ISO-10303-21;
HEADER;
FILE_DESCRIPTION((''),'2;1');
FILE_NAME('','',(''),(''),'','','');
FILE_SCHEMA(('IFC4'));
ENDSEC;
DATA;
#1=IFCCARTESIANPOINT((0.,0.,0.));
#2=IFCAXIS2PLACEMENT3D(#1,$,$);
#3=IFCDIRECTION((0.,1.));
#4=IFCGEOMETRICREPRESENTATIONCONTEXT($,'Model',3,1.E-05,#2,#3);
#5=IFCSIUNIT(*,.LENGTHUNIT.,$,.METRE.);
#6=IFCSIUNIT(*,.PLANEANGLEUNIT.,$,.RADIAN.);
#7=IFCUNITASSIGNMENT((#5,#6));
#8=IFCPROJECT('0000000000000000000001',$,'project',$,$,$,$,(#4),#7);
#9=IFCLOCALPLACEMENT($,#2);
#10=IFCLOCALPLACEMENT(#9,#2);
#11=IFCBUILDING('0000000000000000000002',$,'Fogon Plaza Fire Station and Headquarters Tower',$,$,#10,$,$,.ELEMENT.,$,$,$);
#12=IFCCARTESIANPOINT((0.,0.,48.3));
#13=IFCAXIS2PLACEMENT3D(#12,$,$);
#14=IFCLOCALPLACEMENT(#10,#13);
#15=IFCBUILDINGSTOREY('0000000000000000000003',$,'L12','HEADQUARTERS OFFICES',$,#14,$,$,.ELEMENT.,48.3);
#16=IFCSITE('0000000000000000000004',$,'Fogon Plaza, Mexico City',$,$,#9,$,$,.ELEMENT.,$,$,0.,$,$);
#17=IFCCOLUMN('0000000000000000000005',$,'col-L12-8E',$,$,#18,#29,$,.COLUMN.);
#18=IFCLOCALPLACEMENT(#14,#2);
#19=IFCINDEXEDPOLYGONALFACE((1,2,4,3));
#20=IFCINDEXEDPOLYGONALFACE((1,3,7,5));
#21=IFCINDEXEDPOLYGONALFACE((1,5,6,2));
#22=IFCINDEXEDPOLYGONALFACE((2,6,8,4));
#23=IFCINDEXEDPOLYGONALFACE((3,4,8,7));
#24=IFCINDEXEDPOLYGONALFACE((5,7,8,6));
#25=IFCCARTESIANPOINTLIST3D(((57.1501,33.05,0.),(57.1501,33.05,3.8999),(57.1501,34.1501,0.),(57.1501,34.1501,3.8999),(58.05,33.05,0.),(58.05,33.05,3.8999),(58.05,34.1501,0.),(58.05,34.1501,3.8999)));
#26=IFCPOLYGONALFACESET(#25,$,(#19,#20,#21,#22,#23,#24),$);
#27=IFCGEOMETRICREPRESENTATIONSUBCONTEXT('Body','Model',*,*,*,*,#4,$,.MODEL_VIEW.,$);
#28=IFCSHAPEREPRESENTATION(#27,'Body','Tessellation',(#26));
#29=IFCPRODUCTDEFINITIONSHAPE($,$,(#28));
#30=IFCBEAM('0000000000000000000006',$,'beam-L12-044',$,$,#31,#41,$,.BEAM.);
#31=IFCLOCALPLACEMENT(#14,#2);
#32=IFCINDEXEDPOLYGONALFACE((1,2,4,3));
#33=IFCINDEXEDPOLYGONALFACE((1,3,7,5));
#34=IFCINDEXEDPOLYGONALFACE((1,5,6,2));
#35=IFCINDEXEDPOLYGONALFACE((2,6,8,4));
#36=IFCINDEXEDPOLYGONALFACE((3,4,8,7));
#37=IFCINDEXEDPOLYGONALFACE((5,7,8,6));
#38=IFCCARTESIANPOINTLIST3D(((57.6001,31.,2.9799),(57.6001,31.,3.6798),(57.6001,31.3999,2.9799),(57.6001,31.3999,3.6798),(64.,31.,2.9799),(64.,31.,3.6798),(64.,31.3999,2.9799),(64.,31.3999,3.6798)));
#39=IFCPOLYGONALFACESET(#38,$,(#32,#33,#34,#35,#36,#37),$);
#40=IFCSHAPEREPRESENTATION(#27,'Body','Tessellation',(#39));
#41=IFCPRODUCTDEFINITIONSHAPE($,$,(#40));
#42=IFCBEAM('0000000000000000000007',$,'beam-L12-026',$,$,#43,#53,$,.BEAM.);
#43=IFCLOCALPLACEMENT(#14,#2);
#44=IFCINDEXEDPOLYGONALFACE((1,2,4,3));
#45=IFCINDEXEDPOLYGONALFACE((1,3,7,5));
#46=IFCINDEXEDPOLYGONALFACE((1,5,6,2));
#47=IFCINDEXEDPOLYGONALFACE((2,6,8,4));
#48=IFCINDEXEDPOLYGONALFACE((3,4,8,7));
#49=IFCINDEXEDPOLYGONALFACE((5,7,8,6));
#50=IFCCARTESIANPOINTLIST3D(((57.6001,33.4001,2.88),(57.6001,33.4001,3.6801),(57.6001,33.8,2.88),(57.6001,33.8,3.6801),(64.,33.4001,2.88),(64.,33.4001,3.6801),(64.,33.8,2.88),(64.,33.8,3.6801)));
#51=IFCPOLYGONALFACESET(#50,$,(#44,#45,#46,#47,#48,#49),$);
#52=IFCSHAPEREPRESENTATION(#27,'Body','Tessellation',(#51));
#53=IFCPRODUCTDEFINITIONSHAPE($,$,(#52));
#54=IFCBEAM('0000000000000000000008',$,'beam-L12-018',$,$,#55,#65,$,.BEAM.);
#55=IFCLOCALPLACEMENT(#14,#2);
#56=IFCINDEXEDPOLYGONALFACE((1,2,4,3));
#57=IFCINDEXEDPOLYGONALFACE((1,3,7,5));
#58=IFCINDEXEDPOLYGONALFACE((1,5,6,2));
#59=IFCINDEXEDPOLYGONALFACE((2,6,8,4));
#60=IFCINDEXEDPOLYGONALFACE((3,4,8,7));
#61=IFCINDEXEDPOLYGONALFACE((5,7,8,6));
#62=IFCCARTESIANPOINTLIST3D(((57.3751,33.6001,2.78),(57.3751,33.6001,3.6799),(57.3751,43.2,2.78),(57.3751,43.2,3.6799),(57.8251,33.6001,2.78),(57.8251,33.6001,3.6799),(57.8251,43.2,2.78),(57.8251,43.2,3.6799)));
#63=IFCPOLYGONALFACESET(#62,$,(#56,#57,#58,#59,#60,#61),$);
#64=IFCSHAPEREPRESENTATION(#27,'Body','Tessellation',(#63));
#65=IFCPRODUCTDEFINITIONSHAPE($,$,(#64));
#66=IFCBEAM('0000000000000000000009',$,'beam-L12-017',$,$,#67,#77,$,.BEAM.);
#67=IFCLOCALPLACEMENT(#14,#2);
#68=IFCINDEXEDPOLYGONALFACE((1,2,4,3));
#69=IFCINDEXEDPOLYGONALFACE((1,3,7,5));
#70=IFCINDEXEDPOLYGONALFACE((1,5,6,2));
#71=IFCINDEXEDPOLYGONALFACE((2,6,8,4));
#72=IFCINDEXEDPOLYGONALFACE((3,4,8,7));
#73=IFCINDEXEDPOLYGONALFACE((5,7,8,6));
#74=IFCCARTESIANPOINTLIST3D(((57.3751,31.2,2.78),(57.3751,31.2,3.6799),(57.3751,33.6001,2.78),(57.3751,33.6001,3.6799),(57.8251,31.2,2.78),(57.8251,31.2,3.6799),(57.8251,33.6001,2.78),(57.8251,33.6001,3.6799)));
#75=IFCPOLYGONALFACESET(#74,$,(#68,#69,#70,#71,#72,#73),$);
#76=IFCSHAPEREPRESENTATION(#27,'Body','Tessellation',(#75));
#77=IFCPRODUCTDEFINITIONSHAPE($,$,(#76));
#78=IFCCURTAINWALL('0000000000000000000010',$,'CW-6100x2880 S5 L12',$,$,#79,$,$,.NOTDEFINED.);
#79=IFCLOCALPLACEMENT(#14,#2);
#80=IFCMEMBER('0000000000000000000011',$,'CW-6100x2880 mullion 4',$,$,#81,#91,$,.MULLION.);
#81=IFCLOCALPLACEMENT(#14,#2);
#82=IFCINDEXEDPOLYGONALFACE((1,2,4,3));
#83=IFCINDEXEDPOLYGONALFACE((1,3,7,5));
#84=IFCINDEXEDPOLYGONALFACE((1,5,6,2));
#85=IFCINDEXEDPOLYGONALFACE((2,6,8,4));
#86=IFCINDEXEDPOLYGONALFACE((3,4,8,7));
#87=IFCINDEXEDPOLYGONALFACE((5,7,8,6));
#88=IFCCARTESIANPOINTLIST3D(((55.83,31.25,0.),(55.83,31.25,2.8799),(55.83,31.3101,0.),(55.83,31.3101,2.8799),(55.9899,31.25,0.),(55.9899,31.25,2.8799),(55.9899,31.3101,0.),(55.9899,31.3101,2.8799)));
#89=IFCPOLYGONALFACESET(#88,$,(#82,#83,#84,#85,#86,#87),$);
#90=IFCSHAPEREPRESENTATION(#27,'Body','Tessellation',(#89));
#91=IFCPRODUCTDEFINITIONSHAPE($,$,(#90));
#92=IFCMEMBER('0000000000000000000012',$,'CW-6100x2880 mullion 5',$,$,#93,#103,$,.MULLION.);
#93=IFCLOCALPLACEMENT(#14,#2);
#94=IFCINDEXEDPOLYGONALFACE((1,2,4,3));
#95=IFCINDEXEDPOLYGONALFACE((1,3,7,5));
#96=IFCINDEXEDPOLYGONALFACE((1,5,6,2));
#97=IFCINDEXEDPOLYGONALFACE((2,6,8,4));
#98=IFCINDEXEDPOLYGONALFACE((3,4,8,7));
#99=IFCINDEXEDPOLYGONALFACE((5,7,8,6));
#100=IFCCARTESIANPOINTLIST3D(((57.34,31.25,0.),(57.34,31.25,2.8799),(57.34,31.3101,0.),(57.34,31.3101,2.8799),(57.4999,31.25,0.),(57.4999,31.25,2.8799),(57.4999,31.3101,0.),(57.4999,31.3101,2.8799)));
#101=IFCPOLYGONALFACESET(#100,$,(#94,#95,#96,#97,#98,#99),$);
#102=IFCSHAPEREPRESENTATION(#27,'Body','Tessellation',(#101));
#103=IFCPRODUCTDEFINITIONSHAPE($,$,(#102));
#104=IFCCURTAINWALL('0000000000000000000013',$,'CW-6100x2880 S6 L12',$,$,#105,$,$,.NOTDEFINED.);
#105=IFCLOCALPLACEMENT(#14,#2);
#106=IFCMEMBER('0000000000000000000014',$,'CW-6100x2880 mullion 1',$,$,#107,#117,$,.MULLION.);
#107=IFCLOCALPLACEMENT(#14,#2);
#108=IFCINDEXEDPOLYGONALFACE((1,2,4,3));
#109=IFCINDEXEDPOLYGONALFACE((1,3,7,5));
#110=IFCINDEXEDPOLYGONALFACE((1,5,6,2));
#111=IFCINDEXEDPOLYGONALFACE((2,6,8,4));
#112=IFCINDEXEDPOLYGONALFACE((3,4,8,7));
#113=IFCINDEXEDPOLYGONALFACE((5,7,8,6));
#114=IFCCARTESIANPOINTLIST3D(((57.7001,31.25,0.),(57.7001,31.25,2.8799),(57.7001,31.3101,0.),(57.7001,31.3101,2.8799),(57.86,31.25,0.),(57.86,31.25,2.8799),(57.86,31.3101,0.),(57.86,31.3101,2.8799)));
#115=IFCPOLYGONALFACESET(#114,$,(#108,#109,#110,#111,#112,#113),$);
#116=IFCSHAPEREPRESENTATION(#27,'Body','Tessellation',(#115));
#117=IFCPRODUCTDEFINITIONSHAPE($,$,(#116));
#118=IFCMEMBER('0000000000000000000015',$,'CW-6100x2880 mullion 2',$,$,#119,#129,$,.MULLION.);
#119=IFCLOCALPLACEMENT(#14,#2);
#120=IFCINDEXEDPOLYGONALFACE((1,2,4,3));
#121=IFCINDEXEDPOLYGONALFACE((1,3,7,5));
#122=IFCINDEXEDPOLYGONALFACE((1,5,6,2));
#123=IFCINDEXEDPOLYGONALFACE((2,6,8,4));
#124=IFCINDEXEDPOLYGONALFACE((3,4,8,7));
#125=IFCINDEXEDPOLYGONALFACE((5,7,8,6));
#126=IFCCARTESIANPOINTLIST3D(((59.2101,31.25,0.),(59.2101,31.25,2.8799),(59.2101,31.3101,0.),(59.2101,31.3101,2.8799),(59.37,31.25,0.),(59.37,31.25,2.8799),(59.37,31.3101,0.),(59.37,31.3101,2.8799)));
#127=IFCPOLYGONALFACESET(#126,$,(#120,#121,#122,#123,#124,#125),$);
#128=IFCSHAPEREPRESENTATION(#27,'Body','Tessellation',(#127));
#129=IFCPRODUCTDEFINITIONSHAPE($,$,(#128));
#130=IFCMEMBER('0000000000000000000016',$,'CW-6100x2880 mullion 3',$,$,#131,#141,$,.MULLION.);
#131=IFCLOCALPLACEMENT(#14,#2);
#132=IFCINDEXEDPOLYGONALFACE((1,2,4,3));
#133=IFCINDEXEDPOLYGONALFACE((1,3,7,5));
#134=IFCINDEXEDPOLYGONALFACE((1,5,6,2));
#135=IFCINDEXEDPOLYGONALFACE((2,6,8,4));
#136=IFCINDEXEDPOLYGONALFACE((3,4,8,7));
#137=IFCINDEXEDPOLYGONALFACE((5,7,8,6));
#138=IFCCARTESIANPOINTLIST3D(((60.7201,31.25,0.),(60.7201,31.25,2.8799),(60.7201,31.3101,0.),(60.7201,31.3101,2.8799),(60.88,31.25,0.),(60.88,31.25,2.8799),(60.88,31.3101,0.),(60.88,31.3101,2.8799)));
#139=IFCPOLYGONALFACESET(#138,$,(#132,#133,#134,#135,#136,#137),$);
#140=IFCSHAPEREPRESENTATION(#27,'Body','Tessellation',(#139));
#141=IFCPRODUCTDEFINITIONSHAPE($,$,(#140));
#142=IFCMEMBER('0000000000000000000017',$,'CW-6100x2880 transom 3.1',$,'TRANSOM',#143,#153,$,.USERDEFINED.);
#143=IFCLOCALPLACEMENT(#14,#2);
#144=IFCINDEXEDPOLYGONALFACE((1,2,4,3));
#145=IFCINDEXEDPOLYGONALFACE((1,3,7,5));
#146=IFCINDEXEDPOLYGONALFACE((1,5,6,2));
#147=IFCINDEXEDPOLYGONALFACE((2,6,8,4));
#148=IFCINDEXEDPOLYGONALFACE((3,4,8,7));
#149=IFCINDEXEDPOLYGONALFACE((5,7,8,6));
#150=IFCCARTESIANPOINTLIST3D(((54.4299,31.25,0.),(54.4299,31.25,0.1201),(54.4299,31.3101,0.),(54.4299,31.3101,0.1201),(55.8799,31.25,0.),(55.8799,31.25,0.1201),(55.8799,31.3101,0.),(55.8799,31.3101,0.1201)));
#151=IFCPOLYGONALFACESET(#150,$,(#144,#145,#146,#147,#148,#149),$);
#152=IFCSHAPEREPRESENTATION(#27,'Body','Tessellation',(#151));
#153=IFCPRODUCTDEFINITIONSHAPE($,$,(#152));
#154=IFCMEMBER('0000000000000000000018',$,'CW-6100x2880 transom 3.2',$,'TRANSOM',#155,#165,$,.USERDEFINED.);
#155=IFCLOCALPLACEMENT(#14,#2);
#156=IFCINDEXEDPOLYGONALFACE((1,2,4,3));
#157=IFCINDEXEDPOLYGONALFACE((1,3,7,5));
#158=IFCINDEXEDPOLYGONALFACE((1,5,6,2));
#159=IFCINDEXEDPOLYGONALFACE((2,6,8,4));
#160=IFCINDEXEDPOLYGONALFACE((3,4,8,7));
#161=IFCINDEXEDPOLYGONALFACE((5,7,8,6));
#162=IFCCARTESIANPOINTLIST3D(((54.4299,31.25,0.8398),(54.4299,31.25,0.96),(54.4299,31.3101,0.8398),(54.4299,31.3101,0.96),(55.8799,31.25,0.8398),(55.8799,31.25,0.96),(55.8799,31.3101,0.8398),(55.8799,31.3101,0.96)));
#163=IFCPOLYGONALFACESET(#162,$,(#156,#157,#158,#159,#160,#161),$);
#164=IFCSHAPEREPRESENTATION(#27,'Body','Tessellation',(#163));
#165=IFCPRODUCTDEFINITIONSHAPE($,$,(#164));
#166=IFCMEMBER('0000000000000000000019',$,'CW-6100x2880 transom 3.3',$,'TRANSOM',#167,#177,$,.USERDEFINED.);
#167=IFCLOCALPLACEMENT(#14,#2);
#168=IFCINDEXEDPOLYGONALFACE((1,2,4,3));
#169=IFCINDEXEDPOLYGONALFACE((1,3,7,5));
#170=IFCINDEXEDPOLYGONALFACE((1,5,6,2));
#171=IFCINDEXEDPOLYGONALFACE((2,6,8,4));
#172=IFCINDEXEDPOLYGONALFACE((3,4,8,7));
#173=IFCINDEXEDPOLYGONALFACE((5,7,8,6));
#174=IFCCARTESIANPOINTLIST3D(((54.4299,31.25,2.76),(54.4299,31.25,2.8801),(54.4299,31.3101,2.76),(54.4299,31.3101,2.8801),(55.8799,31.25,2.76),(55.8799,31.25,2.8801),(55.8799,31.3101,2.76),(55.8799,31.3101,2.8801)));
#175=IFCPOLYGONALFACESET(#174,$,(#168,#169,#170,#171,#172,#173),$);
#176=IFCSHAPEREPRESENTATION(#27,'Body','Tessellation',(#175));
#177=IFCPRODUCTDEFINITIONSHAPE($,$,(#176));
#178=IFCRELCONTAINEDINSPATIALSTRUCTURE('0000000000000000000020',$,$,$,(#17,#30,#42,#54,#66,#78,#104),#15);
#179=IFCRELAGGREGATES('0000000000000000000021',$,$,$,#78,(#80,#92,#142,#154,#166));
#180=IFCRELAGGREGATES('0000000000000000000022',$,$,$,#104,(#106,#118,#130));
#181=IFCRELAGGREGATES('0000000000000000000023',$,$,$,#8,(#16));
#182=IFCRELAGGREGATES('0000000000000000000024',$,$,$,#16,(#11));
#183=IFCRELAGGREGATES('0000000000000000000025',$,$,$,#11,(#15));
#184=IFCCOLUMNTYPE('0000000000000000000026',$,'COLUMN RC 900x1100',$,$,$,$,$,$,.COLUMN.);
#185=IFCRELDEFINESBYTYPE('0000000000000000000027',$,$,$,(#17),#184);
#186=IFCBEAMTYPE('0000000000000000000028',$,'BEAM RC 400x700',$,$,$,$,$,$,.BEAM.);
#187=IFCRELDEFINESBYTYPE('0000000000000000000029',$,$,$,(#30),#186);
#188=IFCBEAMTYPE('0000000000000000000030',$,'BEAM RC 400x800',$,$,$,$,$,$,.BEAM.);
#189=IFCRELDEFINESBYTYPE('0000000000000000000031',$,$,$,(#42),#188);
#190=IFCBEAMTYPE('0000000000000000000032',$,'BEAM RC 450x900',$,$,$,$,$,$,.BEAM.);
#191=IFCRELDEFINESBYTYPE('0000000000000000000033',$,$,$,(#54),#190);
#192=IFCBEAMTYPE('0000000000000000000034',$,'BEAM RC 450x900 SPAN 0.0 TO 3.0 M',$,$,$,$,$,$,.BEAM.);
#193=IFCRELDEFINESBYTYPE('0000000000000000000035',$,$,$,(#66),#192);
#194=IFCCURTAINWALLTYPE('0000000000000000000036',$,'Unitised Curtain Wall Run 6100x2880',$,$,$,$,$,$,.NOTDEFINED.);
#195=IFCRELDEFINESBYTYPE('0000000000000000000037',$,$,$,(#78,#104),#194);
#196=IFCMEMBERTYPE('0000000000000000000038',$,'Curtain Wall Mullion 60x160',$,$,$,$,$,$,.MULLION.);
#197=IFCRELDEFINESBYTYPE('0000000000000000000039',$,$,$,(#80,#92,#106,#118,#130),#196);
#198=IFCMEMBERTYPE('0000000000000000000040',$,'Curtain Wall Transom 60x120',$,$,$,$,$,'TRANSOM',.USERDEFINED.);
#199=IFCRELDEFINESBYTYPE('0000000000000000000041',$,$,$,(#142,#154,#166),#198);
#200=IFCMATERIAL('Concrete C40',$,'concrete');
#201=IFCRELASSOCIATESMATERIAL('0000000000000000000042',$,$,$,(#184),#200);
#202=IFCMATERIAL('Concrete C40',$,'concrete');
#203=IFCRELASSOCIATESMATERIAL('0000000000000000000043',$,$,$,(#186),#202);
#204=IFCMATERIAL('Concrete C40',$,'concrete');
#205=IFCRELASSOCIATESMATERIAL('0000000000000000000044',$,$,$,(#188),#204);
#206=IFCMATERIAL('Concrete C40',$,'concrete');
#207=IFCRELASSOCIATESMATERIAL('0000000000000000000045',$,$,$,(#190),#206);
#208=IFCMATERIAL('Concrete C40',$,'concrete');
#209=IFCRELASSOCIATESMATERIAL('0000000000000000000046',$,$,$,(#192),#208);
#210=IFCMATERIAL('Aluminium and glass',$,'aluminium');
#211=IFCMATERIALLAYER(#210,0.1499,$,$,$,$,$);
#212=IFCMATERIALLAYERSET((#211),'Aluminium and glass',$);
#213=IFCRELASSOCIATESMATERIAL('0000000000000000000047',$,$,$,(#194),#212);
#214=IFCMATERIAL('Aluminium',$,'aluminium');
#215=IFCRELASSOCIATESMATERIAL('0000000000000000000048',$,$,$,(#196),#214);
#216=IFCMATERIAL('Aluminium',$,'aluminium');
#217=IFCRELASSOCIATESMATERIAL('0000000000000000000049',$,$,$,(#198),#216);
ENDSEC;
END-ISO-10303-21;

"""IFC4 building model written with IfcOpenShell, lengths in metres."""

from ifc_helpers import new_model, si_unit, direction, frame, origin, origin_2d, place, context, subcontext, project, spatial, rectangle, extrude, material, layer, layer_set, material_profile, profile_set, type_object, element, aggregate, save


model = new_model("IFC4")

# Units and contexts
model_context = context("Model", 3, precision=1e-05, world=origin(), true_north=direction((0.0, 1.0)))
body_context = subcontext(model_context, "Body", "Model", "MODEL_VIEW")
ifc_project = project(units=[si_unit("LENGTHUNIT", "METRE"), si_unit("PLANEANGLEUNIT", "RADIAN")], contexts=[model_context])

# Site, building, storey
site_placement = place(None, origin())
site = spatial("IfcSite", under=ifc_project, at=site_placement, Name="Fogon Plaza, Mexico City", CompositionType="ELEMENT", RefElevation=0.0)
building_placement = place(site_placement, origin())
building = spatial("IfcBuilding", under=site, at=building_placement, Name="Fogon Plaza Fire Station and Headquarters Tower", CompositionType="ELEMENT")
storey_placement = place(building_placement, frame((0.0, 0.0, 48.3)))
storey = spatial("IfcBuildingStorey", under=building, at=storey_placement, Name="L12", Description="HEADQUARTERS OFFICES", CompositionType="ELEMENT", Elevation=48.3)

# Column
ifc_material_1 = material(Name="Concrete C40", Category="concrete")
ifc_material_profile_1 = material_profile(ifc_material_1, rectangle(XDim=0.8999, YDim=1.1001, at=origin_2d()), Name="RC 900x1100")
ifc_profile_set_1 = profile_set([ifc_material_profile_1], Name="Concrete C40")
column_type = type_object("IfcColumnType", Name="COLUMN RC 900x1100", PredefinedType="COLUMN", material=ifc_profile_set_1)
column_placement = place(storey_placement, frame((57.6001, 33.6001, 0.0), z_axis=(0.0, 0.0, 1.0), x_axis=(1.0, 0.0, 0.0)))
element("IfcColumn", 1, at=column_placement, inside=storey, type_object=column_type, Name="col-L12-8E", PredefinedType="COLUMN", context=body_context, shape_type="SweptSolid", body=[
    extrude(rectangle(XDim=0.8999, YDim=1.1001, at=origin_2d()), origin(), (0.0, 0.0, 1.0), 3.8999),
])

# Beams
ifc_material_2 = material(Name="Concrete C40", Category="concrete")
ifc_material_profile_2 = material_profile(ifc_material_2, rectangle(XDim=0.3999, YDim=0.7, at=origin_2d()), Name="RC 400x700")
ifc_profile_set_2 = profile_set([ifc_material_profile_2], Name="Concrete C40")
beam_type_1 = type_object("IfcBeamType", Name="BEAM RC 400x700", PredefinedType="BEAM", material=ifc_profile_set_2)
beam_1_placement = place(storey_placement, frame((57.6001, 31.2, 3.3298), z_axis=(1.0, 0.0, 0.0), x_axis=(0.0, 1.0, 0.0)))
element("IfcBeam", 2, at=beam_1_placement, inside=storey, type_object=beam_type_1, Name="beam-L12-044", PredefinedType="BEAM", context=body_context, shape_type="SweptSolid", body=[
    extrude(rectangle(XDim=0.3999, YDim=0.7, at=origin_2d()), origin(), (0.0, 0.0, 1.0), 6.3999),
])
ifc_material_3 = material(Name="Concrete C40", Category="concrete")
ifc_material_profile_3 = material_profile(ifc_material_3, rectangle(XDim=0.3999, YDim=0.8, at=origin_2d()), Name="RC 400x800")
ifc_profile_set_3 = profile_set([ifc_material_profile_3], Name="Concrete C40")
beam_type_2 = type_object("IfcBeamType", Name="BEAM RC 400x800", PredefinedType="BEAM", material=ifc_profile_set_3)
beam_2_placement = place(storey_placement, frame((57.6001, 33.6001, 3.28), z_axis=(1.0, 0.0, 0.0), x_axis=(0.0, 1.0, 0.0)))
element("IfcBeam", 3, at=beam_2_placement, inside=storey, type_object=beam_type_2, Name="beam-L12-026", PredefinedType="BEAM", context=body_context, shape_type="SweptSolid", body=[
    extrude(rectangle(XDim=0.3999, YDim=0.8, at=origin_2d()), origin(), (0.0, 0.0, 1.0), 6.3999),
])
ifc_material_4 = material(Name="Concrete C40", Category="concrete")
ifc_material_profile_4 = material_profile(ifc_material_4, rectangle(XDim=0.45, YDim=0.8999, at=origin_2d()), Name="RC 450x900")
ifc_profile_set_4 = profile_set([ifc_material_profile_4], Name="Concrete C40")
beam_type_3 = type_object("IfcBeamType", Name="BEAM RC 450x900", PredefinedType="BEAM", material=ifc_profile_set_4)
beam_3_placement = place(storey_placement, frame((57.6001, 33.6001, 3.23), z_axis=(0.0, 1.0, 0.0), x_axis=(-1.0, 0.0, 0.0)))
element("IfcBeam", 4, at=beam_3_placement, inside=storey, type_object=beam_type_3, Name="beam-L12-018", PredefinedType="BEAM", context=body_context, shape_type="SweptSolid", body=[
    extrude(rectangle(XDim=0.45, YDim=0.8999, at=origin_2d()), origin(), (0.0, 0.0, 1.0), 9.5999),
])
ifc_material_5 = material(Name="Concrete C40", Category="concrete")
ifc_material_profile_5 = material_profile(ifc_material_5, rectangle(XDim=0.45, YDim=0.8999, at=origin_2d()), Name="RC 450x900")
ifc_profile_set_5 = profile_set([ifc_material_profile_5], Name="Concrete C40")
beam_type_4 = type_object("IfcBeamType", Name="BEAM RC 450x900 SPAN 0.0 TO 3.0 M", PredefinedType="BEAM", material=ifc_profile_set_5)
beam_4_placement = place(storey_placement, frame((57.6001, 31.2, 3.23), z_axis=(0.0, 1.0, 0.0), x_axis=(-1.0, 0.0, 0.0)))
element("IfcBeam", 5, at=beam_4_placement, inside=storey, type_object=beam_type_4, Name="beam-L12-017", PredefinedType="BEAM", context=body_context, shape_type="SweptSolid", body=[
    extrude(rectangle(XDim=0.45, YDim=0.8999, at=origin_2d()), origin(), (0.0, 0.0, 1.0), 2.4001),
])

# Curtain walls, members
ifc_material_6 = material(Name="Aluminium and glass", Category="aluminium")
ifc_layer_1 = layer(ifc_material_6, 0.1499)
ifc_layer_set_1 = layer_set([ifc_layer_1], Name="Aluminium and glass")
curtain_wall_type = type_object("IfcCurtainWallType", Name="Unitised Curtain Wall Run 6100x2880", PredefinedType="NOTDEFINED", material=ifc_layer_set_1)
curtain_wall_1_placement = place(storey_placement, origin())
curtain_wall_1 = element("IfcCurtainWall", 6, at=curtain_wall_1_placement, inside=storey, type_object=curtain_wall_type, Name="CW-6100x2880 S5 L12", PredefinedType="NOTDEFINED")
ifc_material_7 = material(Name="Aluminium", Category="aluminium")
ifc_material_profile_6 = material_profile(ifc_material_7, rectangle(XDim=0.0601, YDim=0.1599, at=origin_2d()), Name="Curtain Wall Mullion 60x160")
ifc_profile_set_6 = profile_set([ifc_material_profile_6], Name="Aluminium")
member_type_1 = type_object("IfcMemberType", Name="Curtain Wall Mullion 60x160", PredefinedType="MULLION", material=ifc_profile_set_6)
member_1_placement = place(storey_placement, frame((55.9099, 31.28, 0.0), z_axis=(0.0, 0.0, 1.0), x_axis=(0.0, 1.0, 0.0)))
member_1 = element("IfcMember", 7, at=member_1_placement, type_object=member_type_1, Name="CW-6100x2880 mullion 4", PredefinedType="MULLION", context=body_context, shape_type="SweptSolid", body=[
    extrude(rectangle(XDim=0.0601, YDim=0.1599, at=origin_2d()), origin(), (0.0, 0.0, 1.0), 2.8799),
])
member_2_placement = place(storey_placement, frame((57.4199, 31.28, 0.0), z_axis=(0.0, 0.0, 1.0), x_axis=(0.0, 1.0, 0.0)))
member_2 = element("IfcMember", 8, at=member_2_placement, type_object=member_type_1, Name="CW-6100x2880 mullion 5", PredefinedType="MULLION", context=body_context, shape_type="SweptSolid", body=[
    extrude(rectangle(XDim=0.0601, YDim=0.1599, at=origin_2d()), origin(), (0.0, 0.0, 1.0), 2.8799),
])
curtain_wall_2_placement = place(storey_placement, origin())
curtain_wall_2 = element("IfcCurtainWall", 9, at=curtain_wall_2_placement, inside=storey, type_object=curtain_wall_type, Name="CW-6100x2880 S6 L12", PredefinedType="NOTDEFINED")
member_3_placement = place(storey_placement, frame((57.78, 31.28, 0.0), z_axis=(0.0, 0.0, 1.0), x_axis=(0.0, 1.0, 0.0)))
member_3 = element("IfcMember", 10, at=member_3_placement, type_object=member_type_1, Name="CW-6100x2880 mullion 1", PredefinedType="MULLION", context=body_context, shape_type="SweptSolid", body=[
    extrude(rectangle(XDim=0.0601, YDim=0.1599, at=origin_2d()), origin(), (0.0, 0.0, 1.0), 2.8799),
])
member_4_placement = place(storey_placement, frame((59.29, 31.28, 0.0), z_axis=(0.0, 0.0, 1.0), x_axis=(0.0, 1.0, 0.0)))
member_4 = element("IfcMember", 11, at=member_4_placement, type_object=member_type_1, Name="CW-6100x2880 mullion 2", PredefinedType="MULLION", context=body_context, shape_type="SweptSolid", body=[
    extrude(rectangle(XDim=0.0601, YDim=0.1599, at=origin_2d()), origin(), (0.0, 0.0, 1.0), 2.8799),
])
member_5_placement = place(storey_placement, frame((60.8, 31.28, 0.0), z_axis=(0.0, 0.0, 1.0), x_axis=(0.0, 1.0, 0.0)))
member_5 = element("IfcMember", 12, at=member_5_placement, type_object=member_type_1, Name="CW-6100x2880 mullion 3", PredefinedType="MULLION", context=body_context, shape_type="SweptSolid", body=[
    extrude(rectangle(XDim=0.0601, YDim=0.1599, at=origin_2d()), origin(), (0.0, 0.0, 1.0), 2.8799),
])

# Members
ifc_material_8 = material(Name="Aluminium", Category="aluminium")
ifc_material_profile_7 = material_profile(ifc_material_8, rectangle(XDim=0.0601, YDim=0.1201, at=origin_2d()), Name="Curtain Wall Transom 60x120")
ifc_profile_set_7 = profile_set([ifc_material_profile_7], Name="Aluminium")
member_type_2 = type_object("IfcMemberType", Name="Curtain Wall Transom 60x120", ElementType="TRANSOM", PredefinedType="USERDEFINED", material=ifc_profile_set_7)
member_6_placement = place(storey_placement, frame((54.4299, 31.28, 0.0601), z_axis=(1.0, 0.0, 0.0), x_axis=(0.0, 1.0, 0.0)))
member_6 = element("IfcMember", 13, at=member_6_placement, type_object=member_type_2, Name="CW-6100x2880 transom 3.1", ObjectType="TRANSOM", PredefinedType="USERDEFINED", context=body_context, shape_type="SweptSolid", body=[
    extrude(rectangle(XDim=0.0601, YDim=0.1201, at=origin_2d()), origin(), (0.0, 0.0, 1.0), 1.45),
])
member_7_placement = place(storey_placement, frame((54.4299, 31.28, 0.8999), z_axis=(1.0, 0.0, 0.0), x_axis=(0.0, 1.0, 0.0)))
member_7 = element("IfcMember", 14, at=member_7_placement, type_object=member_type_2, Name="CW-6100x2880 transom 3.2", ObjectType="TRANSOM", PredefinedType="USERDEFINED", context=body_context, shape_type="SweptSolid", body=[
    extrude(rectangle(XDim=0.0601, YDim=0.1201, at=origin_2d()), origin(), (0.0, 0.0, 1.0), 1.45),
])
member_8_placement = place(storey_placement, frame((54.4299, 31.28, 2.8201), z_axis=(1.0, 0.0, 0.0), x_axis=(0.0, 1.0, 0.0)))
member_8 = element("IfcMember", 15, at=member_8_placement, type_object=member_type_2, Name="CW-6100x2880 transom 3.3", ObjectType="TRANSOM", PredefinedType="USERDEFINED", context=body_context, shape_type="SweptSolid", body=[
    extrude(rectangle(XDim=0.0601, YDim=0.1201, at=origin_2d()), origin(), (0.0, 0.0, 1.0), 1.45),
])

aggregate(curtain_wall_1, [member_1, member_2, member_6, member_7, member_8])
aggregate(curtain_wall_2, [member_3, member_4, member_5])

save(model, "model.ifc")
